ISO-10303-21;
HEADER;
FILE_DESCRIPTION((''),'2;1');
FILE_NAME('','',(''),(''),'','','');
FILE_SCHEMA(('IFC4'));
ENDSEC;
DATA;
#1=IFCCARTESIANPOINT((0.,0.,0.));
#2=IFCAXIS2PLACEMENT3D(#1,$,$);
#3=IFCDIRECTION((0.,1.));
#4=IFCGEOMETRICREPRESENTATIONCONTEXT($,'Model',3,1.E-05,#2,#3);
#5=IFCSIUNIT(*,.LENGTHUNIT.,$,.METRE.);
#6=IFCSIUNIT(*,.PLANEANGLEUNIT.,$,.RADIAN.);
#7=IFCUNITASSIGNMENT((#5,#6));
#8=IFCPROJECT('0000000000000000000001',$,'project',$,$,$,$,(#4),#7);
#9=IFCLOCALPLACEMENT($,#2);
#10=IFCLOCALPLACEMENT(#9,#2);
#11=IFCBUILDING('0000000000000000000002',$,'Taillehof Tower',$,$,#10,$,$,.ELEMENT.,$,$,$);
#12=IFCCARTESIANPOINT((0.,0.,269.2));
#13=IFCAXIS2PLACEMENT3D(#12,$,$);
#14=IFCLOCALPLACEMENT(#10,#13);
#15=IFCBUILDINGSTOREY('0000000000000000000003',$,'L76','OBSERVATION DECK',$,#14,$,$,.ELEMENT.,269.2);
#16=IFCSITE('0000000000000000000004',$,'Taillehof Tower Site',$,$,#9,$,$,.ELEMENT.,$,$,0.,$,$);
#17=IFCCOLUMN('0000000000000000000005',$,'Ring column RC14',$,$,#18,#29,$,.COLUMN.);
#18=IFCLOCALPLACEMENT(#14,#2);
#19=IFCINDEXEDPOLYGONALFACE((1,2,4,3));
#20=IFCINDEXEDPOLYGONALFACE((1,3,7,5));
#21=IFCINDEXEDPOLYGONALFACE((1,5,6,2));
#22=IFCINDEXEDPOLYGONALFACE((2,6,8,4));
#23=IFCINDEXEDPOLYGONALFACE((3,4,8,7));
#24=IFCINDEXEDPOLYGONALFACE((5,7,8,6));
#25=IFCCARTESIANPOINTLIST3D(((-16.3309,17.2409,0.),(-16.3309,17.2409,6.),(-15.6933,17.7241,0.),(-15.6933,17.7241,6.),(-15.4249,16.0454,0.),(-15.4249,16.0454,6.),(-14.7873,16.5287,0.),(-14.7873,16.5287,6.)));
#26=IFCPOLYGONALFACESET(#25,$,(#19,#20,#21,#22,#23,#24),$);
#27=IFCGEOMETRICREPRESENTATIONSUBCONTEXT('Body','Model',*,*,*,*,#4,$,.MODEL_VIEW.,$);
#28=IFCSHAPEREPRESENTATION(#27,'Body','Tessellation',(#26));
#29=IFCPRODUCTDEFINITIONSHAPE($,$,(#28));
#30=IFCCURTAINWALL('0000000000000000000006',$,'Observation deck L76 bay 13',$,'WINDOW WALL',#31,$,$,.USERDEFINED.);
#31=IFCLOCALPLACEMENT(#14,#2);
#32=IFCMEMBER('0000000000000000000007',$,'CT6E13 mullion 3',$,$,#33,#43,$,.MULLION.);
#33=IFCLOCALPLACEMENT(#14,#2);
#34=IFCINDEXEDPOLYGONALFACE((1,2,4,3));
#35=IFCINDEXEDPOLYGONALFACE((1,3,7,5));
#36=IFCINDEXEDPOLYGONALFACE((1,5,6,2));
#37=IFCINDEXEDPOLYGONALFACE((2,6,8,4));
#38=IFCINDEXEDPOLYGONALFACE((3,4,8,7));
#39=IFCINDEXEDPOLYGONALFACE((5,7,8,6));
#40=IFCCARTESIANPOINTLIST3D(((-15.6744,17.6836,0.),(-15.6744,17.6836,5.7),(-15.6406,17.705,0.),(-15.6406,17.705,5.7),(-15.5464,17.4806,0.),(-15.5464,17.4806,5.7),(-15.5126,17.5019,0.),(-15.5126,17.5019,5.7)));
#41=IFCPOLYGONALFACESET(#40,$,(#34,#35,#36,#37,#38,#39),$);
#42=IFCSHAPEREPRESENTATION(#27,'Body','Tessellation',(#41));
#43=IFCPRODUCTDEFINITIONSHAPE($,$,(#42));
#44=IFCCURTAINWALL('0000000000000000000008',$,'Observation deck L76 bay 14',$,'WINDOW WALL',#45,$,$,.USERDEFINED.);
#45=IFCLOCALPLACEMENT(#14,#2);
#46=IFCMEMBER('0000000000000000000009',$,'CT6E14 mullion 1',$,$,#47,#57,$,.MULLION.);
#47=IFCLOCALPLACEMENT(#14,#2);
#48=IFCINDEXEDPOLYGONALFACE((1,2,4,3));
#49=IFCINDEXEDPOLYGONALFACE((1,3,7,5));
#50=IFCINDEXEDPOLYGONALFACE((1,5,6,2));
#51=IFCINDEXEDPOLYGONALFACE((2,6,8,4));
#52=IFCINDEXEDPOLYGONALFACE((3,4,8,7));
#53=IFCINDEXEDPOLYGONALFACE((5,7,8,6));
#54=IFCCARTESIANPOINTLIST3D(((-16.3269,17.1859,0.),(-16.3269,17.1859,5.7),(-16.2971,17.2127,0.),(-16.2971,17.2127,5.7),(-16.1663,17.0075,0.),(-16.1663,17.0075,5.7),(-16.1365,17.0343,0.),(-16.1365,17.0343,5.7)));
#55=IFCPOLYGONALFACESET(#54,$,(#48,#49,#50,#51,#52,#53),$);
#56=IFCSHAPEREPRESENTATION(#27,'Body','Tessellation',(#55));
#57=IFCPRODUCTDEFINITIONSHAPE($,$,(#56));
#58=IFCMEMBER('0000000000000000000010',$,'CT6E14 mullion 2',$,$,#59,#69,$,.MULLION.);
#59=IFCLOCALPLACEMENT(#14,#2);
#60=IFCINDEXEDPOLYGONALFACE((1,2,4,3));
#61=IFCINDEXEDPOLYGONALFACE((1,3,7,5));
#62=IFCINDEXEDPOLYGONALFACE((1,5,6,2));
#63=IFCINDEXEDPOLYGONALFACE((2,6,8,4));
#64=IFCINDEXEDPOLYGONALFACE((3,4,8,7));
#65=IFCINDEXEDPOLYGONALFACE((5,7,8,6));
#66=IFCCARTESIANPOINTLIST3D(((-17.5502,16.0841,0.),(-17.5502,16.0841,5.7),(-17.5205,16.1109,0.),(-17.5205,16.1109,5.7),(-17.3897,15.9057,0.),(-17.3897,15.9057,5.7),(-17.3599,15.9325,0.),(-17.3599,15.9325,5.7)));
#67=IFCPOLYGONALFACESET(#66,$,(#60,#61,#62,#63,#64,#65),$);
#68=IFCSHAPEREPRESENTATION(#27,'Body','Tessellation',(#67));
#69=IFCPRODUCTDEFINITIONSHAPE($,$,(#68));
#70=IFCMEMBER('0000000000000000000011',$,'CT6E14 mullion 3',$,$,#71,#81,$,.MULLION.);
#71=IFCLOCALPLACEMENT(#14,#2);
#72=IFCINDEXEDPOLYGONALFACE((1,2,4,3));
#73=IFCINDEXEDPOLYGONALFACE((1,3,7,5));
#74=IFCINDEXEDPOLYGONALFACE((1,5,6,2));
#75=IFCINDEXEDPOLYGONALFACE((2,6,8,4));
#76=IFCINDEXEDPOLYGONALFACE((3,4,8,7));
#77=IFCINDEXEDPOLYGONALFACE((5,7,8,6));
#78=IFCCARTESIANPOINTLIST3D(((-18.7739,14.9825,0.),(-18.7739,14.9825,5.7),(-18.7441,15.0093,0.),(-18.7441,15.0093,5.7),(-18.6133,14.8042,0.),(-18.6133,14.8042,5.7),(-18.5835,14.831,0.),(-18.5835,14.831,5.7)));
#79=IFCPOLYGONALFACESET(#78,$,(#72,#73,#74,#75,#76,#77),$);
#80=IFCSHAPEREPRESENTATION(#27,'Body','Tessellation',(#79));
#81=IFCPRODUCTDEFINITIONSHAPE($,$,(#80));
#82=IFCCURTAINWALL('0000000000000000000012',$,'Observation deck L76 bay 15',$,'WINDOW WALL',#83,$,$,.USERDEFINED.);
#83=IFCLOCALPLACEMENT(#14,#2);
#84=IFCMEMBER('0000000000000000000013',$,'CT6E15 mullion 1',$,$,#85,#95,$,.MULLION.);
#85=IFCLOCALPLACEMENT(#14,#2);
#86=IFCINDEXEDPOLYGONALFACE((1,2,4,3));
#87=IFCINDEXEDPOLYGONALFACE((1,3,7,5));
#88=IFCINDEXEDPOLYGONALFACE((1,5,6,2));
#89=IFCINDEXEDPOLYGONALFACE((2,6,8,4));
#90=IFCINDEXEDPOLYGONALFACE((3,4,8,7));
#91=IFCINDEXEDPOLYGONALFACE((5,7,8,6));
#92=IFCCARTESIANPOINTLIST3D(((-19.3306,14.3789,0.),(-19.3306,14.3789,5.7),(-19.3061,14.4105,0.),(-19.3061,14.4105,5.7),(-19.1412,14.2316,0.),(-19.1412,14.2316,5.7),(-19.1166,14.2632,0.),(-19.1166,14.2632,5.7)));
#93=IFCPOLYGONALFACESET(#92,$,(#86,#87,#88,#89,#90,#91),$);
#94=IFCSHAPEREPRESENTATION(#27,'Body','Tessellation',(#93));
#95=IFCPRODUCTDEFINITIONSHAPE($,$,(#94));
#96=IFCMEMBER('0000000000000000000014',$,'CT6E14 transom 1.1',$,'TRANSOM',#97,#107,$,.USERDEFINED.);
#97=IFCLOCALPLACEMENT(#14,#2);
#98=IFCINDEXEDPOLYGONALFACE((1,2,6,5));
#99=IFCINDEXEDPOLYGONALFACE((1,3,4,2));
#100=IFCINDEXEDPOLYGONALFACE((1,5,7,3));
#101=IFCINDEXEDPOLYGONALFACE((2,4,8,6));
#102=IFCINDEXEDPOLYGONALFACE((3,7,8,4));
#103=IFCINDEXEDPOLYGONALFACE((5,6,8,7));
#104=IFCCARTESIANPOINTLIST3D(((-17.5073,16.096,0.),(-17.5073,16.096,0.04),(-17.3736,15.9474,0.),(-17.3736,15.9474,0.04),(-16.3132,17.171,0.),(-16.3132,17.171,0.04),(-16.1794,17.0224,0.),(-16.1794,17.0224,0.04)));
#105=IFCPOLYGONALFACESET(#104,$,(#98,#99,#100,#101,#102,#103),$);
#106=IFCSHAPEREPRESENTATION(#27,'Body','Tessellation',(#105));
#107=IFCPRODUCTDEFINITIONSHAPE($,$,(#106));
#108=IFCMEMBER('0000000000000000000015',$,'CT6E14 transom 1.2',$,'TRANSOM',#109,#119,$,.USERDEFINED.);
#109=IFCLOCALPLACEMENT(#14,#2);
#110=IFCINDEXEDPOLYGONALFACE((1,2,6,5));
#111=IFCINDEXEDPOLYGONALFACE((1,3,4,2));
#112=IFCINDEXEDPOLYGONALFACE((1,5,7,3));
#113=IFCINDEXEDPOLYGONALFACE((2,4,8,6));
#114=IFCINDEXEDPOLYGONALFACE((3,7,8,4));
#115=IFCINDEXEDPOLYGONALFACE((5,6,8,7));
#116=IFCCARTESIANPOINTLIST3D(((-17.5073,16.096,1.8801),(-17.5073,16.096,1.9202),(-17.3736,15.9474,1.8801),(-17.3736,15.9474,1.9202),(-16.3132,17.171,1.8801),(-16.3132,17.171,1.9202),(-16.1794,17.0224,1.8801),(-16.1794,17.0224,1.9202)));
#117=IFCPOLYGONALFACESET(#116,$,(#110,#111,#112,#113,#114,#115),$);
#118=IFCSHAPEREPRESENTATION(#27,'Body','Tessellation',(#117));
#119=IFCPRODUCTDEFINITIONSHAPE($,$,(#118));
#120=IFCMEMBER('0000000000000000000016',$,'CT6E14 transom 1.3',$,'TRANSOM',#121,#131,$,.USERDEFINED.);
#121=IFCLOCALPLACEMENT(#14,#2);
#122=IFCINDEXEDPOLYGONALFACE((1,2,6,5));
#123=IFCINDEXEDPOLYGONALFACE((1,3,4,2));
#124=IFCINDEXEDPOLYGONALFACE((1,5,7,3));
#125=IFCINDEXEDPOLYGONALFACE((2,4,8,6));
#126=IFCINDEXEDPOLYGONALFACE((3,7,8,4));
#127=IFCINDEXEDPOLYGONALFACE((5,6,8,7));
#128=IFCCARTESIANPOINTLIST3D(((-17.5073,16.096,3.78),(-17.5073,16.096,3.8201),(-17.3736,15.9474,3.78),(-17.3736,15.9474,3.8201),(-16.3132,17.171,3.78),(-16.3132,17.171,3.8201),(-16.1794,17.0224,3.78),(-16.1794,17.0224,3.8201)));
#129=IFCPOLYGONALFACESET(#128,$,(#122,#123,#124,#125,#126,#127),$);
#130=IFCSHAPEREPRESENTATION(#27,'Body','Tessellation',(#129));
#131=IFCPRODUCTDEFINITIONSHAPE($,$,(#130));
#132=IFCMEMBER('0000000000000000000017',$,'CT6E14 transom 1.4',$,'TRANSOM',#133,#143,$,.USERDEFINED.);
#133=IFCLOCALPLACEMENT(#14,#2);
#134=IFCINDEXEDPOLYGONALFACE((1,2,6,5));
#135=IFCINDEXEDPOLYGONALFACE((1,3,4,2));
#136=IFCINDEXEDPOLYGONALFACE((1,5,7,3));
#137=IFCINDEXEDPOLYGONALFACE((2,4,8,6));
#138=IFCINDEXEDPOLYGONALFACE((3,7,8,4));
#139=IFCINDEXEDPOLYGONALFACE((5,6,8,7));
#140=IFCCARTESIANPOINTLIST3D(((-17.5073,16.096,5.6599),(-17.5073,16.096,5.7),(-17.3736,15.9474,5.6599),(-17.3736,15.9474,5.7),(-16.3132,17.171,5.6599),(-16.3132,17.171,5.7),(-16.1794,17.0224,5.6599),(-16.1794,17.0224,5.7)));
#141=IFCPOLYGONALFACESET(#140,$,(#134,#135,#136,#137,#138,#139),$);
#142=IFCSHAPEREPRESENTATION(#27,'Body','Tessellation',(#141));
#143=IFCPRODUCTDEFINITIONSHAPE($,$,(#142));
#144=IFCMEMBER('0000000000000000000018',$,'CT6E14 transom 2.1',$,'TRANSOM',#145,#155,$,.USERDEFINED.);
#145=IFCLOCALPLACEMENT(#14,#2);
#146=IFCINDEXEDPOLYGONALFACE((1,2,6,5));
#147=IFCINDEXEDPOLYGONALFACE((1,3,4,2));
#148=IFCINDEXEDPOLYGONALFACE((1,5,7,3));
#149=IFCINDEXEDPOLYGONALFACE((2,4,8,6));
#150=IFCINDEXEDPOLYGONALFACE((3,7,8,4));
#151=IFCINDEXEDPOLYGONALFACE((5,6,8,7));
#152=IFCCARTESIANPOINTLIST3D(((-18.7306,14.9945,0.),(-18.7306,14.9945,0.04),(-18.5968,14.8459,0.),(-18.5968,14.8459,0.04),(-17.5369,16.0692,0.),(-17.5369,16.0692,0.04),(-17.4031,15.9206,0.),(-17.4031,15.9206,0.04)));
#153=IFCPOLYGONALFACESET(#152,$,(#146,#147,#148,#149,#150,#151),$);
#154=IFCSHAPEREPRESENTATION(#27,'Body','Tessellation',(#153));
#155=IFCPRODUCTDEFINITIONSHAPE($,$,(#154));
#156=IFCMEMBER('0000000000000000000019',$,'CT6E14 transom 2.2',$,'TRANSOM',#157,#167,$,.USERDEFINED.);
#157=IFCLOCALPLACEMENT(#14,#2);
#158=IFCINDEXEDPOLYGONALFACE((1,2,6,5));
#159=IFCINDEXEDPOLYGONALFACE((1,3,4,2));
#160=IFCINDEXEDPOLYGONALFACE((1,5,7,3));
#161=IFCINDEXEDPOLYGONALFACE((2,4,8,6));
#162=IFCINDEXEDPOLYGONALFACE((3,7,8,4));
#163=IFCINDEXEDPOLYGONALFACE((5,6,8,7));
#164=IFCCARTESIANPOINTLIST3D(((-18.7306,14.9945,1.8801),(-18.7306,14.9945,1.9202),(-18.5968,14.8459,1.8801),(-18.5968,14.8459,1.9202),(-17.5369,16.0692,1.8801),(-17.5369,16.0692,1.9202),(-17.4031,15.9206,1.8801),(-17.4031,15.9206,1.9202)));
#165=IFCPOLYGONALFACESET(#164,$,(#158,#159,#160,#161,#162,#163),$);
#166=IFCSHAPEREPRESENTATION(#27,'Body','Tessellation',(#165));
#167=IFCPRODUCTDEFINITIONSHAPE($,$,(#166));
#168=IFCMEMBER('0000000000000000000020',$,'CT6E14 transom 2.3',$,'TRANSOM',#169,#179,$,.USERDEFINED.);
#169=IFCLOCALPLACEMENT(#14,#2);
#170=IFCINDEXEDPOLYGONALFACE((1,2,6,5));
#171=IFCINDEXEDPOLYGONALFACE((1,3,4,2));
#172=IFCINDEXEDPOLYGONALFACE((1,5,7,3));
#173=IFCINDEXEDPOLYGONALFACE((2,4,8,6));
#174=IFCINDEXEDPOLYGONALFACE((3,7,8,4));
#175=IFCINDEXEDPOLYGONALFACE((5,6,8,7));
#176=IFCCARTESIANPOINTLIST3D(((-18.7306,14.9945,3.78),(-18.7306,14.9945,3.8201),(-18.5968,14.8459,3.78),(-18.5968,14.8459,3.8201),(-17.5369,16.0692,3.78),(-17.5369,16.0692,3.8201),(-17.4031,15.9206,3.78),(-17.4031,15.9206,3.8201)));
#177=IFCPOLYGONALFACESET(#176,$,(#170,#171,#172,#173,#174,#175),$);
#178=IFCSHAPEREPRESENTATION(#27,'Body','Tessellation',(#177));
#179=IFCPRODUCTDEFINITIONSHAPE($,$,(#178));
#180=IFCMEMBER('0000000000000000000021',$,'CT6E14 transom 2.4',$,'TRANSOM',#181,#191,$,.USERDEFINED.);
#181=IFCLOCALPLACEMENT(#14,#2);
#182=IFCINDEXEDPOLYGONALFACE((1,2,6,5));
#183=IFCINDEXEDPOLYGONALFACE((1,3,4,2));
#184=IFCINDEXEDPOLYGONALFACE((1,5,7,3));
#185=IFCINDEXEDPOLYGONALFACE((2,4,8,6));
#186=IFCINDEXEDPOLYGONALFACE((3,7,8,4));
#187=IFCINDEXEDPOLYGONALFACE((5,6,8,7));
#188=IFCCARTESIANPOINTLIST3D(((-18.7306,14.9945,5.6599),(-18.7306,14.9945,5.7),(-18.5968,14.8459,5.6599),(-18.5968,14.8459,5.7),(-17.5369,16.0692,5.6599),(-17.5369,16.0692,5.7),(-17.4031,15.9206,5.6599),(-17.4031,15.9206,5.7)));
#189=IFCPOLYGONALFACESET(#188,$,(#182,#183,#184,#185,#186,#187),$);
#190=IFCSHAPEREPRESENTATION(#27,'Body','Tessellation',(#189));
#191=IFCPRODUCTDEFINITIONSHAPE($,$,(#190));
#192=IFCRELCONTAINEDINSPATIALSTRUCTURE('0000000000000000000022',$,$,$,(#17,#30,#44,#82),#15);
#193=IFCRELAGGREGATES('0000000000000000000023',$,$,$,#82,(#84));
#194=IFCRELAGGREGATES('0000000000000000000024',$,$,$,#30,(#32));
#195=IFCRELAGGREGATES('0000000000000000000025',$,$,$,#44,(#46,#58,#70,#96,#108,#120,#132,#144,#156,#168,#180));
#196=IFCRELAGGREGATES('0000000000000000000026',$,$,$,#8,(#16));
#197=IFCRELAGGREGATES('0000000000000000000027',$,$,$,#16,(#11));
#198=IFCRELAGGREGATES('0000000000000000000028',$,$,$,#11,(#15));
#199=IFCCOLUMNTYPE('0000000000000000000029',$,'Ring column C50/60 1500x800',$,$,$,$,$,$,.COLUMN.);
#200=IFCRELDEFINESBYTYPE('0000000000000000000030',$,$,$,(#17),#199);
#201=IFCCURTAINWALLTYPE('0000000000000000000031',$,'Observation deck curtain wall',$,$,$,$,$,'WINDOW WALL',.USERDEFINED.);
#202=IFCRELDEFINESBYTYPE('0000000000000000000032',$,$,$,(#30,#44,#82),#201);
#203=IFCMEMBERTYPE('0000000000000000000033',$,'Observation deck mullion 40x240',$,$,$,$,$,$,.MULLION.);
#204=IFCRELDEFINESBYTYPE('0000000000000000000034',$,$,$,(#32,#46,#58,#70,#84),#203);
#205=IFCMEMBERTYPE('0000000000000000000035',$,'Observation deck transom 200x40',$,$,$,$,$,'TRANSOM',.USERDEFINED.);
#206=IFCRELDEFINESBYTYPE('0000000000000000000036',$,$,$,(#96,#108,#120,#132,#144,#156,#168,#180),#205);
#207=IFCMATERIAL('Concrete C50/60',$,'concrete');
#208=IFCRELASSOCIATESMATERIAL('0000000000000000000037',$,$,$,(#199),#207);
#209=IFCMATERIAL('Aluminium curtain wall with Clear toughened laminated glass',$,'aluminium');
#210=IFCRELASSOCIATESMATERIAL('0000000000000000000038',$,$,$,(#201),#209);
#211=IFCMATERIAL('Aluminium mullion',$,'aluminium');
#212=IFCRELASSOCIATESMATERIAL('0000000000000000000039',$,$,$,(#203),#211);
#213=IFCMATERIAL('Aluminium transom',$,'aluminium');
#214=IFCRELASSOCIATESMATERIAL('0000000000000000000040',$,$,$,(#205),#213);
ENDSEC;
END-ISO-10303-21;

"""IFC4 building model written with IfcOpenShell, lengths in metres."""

from ifc_helpers import new_model, si_unit, direction, frame, origin, origin_2d, place, context, subcontext, project, spatial, rectangle, extrude, material, material_profile, profile_set, type_object, element, aggregate, save


model = new_model("IFC4")

# Units and contexts
model_context = context("Model", 3, precision=1e-05, world=origin(), true_north=direction((0.0, 1.0)))
body_context = subcontext(model_context, "Body", "Model", "MODEL_VIEW")
ifc_project = project(units=[si_unit("LENGTHUNIT", "METRE"), si_unit("PLANEANGLEUNIT", "RADIAN")], contexts=[model_context])

# Site, building, storey
site_placement = place(None, origin())
site = spatial("IfcSite", under=ifc_project, at=site_placement, Name="Taillehof Tower Site", CompositionType="ELEMENT", RefElevation=0.0)
building_placement = place(site_placement, origin())
building = spatial("IfcBuilding", under=site, at=building_placement, Name="Taillehof Tower", CompositionType="ELEMENT")
storey_placement = place(building_placement, frame((0.0, 0.0, 269.2)))
storey = spatial("IfcBuildingStorey", under=building, at=storey_placement, Name="L76", Description="OBSERVATION DECK", CompositionType="ELEMENT", Elevation=269.2)

# Column
ifc_material_1 = material(Name="Concrete C50/60", Category="concrete")
ifc_material_profile_1 = material_profile(ifc_material_1, rectangle(XDim=1.5, YDim=0.8, at=origin_2d()), Name="RC 1500x800")
ifc_profile_set_1 = profile_set([ifc_material_profile_1], Name="Concrete C50/60")
column_type = type_object("IfcColumnType", Name="Ring column C50/60 1500x800", PredefinedType="COLUMN", material=ifc_profile_set_1)
column_placement = place(storey_placement, frame((-15.5591, 16.8848, 0.0), z_axis=(0.0, 0.0, 1.0), x_axis=(-0.60402, 0.796969, 0.0)))
element("IfcColumn", 1, at=column_placement, inside=storey, type_object=column_type, Name="Ring column RC14", PredefinedType="COLUMN", context=body_context, shape_type="SweptSolid", body=[
    extrude(rectangle(XDim=1.5, YDim=0.8, at=origin_2d()), origin(), (0.0, 0.0, 1.0), 6.0),
])

# Curtain wall, member
ifc_material_2 = material(Name="Aluminium curtain wall with Clear toughened laminated glass", Category="aluminium")
curtain_wall_type = type_object("IfcCurtainWallType", Name="Observation deck curtain wall", ElementType="WINDOW WALL", PredefinedType="USERDEFINED", material=ifc_material_2)
curtain_wall_1_placement = place(storey_placement, origin())
curtain_wall_1 = element("IfcCurtainWall", 2, at=curtain_wall_1_placement, inside=storey, type_object=curtain_wall_type, Name="Observation deck L76 bay 13", ObjectType="WINDOW WALL", PredefinedType="USERDEFINED")
ifc_material_3 = material(Name="Aluminium mullion", Category="aluminium")
ifc_material_profile_2 = material_profile(ifc_material_3, rectangle(XDim=0.24, YDim=0.04, at=origin_2d()), Name="AL 40x240")
ifc_profile_set_2 = profile_set([ifc_material_profile_2], Name="Aluminium mullion")
member_type_1 = type_object("IfcMemberType", Name="Observation deck mullion 40x240", PredefinedType="MULLION", material=ifc_profile_set_2)
member_1_placement = place(storey_placement, frame((-15.5935, 17.5928, 0.0), z_axis=(0.0, 0.0, 1.0), x_axis=(0.533294, -0.84593, 0.0)))
member_1 = element("IfcMember", 3, at=member_1_placement, type_object=member_type_1, Name="CT6E13 mullion 3", PredefinedType="MULLION", context=body_context, shape_type="SweptSolid", body=[
    extrude(rectangle(XDim=0.24, YDim=0.04, at=origin_2d()), origin(), (0.0, 0.0, 1.0), 5.7),
])

# Curtain wall, members
curtain_wall_2_placement = place(storey_placement, origin())
curtain_wall_2 = element("IfcCurtainWall", 4, at=curtain_wall_2_placement, inside=storey, type_object=curtain_wall_type, Name="Observation deck L76 bay 14", ObjectType="WINDOW WALL", PredefinedType="USERDEFINED")
member_2_placement = place(storey_placement, frame((-16.2317, 17.1101, 0.0), z_axis=(0.0, 0.0, 1.0), x_axis=(0.669107, -0.743166, 0.0)))
member_2 = element("IfcMember", 5, at=member_2_placement, type_object=member_type_1, Name="CT6E14 mullion 1", PredefinedType="MULLION", context=body_context, shape_type="SweptSolid", body=[
    extrude(rectangle(XDim=0.24, YDim=0.04, at=origin_2d()), origin(), (0.0, 0.0, 1.0), 5.7),
])
member_3_placement = place(storey_placement, frame((-17.4551, 16.0083, 0.0), z_axis=(0.0, 0.0, 1.0), x_axis=(0.669107, -0.743166, 0.0)))
member_3 = element("IfcMember", 6, at=member_3_placement, type_object=member_type_1, Name="CT6E14 mullion 2", PredefinedType="MULLION", context=body_context, shape_type="SweptSolid", body=[
    extrude(rectangle(XDim=0.24, YDim=0.04, at=origin_2d()), origin(), (0.0, 0.0, 1.0), 5.7),
])
member_4_placement = place(storey_placement, frame((-18.6787, 14.9067, 0.0), z_axis=(0.0, 0.0, 1.0), x_axis=(0.669107, -0.743166, 0.0)))
member_4 = element("IfcMember", 7, at=member_4_placement, type_object=member_type_1, Name="CT6E14 mullion 3", PredefinedType="MULLION", context=body_context, shape_type="SweptSolid", body=[
    extrude(rectangle(XDim=0.24, YDim=0.04, at=origin_2d()), origin(), (0.0, 0.0, 1.0), 5.7),
])

# Curtain wall, member
curtain_wall_3_placement = place(storey_placement, origin())
curtain_wall_3 = element("IfcCurtainWall", 8, at=curtain_wall_3_placement, inside=storey, type_object=curtain_wall_type, Name="Observation deck L76 bay 15", ObjectType="WINDOW WALL", PredefinedType="USERDEFINED")
member_5_placement = place(storey_placement, frame((-19.2236, 14.321, 0.0), z_axis=(0.0, 0.0, 1.0), x_axis=(0.789382, -0.613903, 0.0)))
member_5 = element("IfcMember", 9, at=member_5_placement, type_object=member_type_1, Name="CT6E15 mullion 1", PredefinedType="MULLION", context=body_context, shape_type="SweptSolid", body=[
    extrude(rectangle(XDim=0.24, YDim=0.04, at=origin_2d()), origin(), (0.0, 0.0, 1.0), 5.7),
])

# Members
ifc_material_4 = material(Name="Aluminium transom", Category="aluminium")
ifc_material_profile_3 = material_profile(ifc_material_4, rectangle(XDim=0.2, YDim=0.04, at=origin_2d()), Name="AL 200x40")
ifc_profile_set_3 = profile_set([ifc_material_profile_3], Name="Aluminium transom")
member_type_2 = type_object("IfcMemberType", Name="Observation deck transom 200x40", ElementType="TRANSOM", PredefinedType="USERDEFINED", material=ifc_profile_set_3)
member_6_placement = place(storey_placement, frame((-16.2463, 17.0967, 0.02), z_axis=(-0.743211, -0.669057, 0.0), x_axis=(0.669057, -0.743211, 0.0)))
member_6 = element("IfcMember", 10, at=member_6_placement, type_object=member_type_2, Name="CT6E14 transom 1.1", ObjectType="TRANSOM", PredefinedType="USERDEFINED", context=body_context, shape_type="SweptSolid", body=[
    extrude(rectangle(XDim=0.2, YDim=0.04, at=origin_2d()), origin(), (0.0, 0.0, 1.0), 1.6067),
])
member_7_placement = place(storey_placement, frame((-16.2463, 17.0967, 1.9001), z_axis=(-0.743211, -0.669057, 0.0), x_axis=(0.669057, -0.743211, 0.0)))
member_7 = element("IfcMember", 11, at=member_7_placement, type_object=member_type_2, Name="CT6E14 transom 1.2", ObjectType="TRANSOM", PredefinedType="USERDEFINED", context=body_context, shape_type="SweptSolid", body=[
    extrude(rectangle(XDim=0.2, YDim=0.04, at=origin_2d()), origin(), (0.0, 0.0, 1.0), 1.6067),
])
member_8_placement = place(storey_placement, frame((-16.2463, 17.0967, 3.8), z_axis=(-0.743211, -0.669057, 0.0), x_axis=(0.669057, -0.743211, 0.0)))
member_8 = element("IfcMember", 12, at=member_8_placement, type_object=member_type_2, Name="CT6E14 transom 1.3", ObjectType="TRANSOM", PredefinedType="USERDEFINED", context=body_context, shape_type="SweptSolid", body=[
    extrude(rectangle(XDim=0.2, YDim=0.04, at=origin_2d()), origin(), (0.0, 0.0, 1.0), 1.6067),
])
member_9_placement = place(storey_placement, frame((-16.2463, 17.0967, 5.6799), z_axis=(-0.743211, -0.669057, 0.0), x_axis=(0.669057, -0.743211, 0.0)))
member_9 = element("IfcMember", 13, at=member_9_placement, type_object=member_type_2, Name="CT6E14 transom 1.4", ObjectType="TRANSOM", PredefinedType="USERDEFINED", context=body_context, shape_type="SweptSolid", body=[
    extrude(rectangle(XDim=0.2, YDim=0.04, at=origin_2d()), origin(), (0.0, 0.0, 1.0), 1.6067),
])
member_10_placement = place(storey_placement, frame((-17.47, 15.9949, 0.02), z_axis=(-0.743219, -0.669049, 0.0), x_axis=(0.669049, -0.743219, 0.0)))
member_10 = element("IfcMember", 14, at=member_10_placement, type_object=member_type_2, Name="CT6E14 transom 2.1", ObjectType="TRANSOM", PredefinedType="USERDEFINED", context=body_context, shape_type="SweptSolid", body=[
    extrude(rectangle(XDim=0.2, YDim=0.04, at=origin_2d()), origin(), (0.0, 0.0, 1.0), 1.6062),
])
member_11_placement = place(storey_placement, frame((-17.47, 15.9949, 1.9001), z_axis=(-0.743219, -0.669049, 0.0), x_axis=(0.669049, -0.743219, 0.0)))
member_11 = element("IfcMember", 15, at=member_11_placement, type_object=member_type_2, Name="CT6E14 transom 2.2", ObjectType="TRANSOM", PredefinedType="USERDEFINED", context=body_context, shape_type="SweptSolid", body=[
    extrude(rectangle(XDim=0.2, YDim=0.04, at=origin_2d()), origin(), (0.0, 0.0, 1.0), 1.6062),
])
member_12_placement = place(storey_placement, frame((-17.47, 15.9949, 3.8), z_axis=(-0.743219, -0.669049, 0.0), x_axis=(0.669049, -0.743219, 0.0)))
member_12 = element("IfcMember", 16, at=member_12_placement, type_object=member_type_2, Name="CT6E14 transom 2.3", ObjectType="TRANSOM", PredefinedType="USERDEFINED", context=body_context, shape_type="SweptSolid", body=[
    extrude(rectangle(XDim=0.2, YDim=0.04, at=origin_2d()), origin(), (0.0, 0.0, 1.0), 1.6062),
])
member_13_placement = place(storey_placement, frame((-17.47, 15.9949, 5.6799), z_axis=(-0.743219, -0.669049, 0.0), x_axis=(0.669049, -0.743219, 0.0)))
member_13 = element("IfcMember", 17, at=member_13_placement, type_object=member_type_2, Name="CT6E14 transom 2.4", ObjectType="TRANSOM", PredefinedType="USERDEFINED", context=body_context, shape_type="SweptSolid", body=[
    extrude(rectangle(XDim=0.2, YDim=0.04, at=origin_2d()), origin(), (0.0, 0.0, 1.0), 1.6062),
])
aggregate(curtain_wall_3, [member_5])

aggregate(curtain_wall_1, [member_1])
aggregate(curtain_wall_2, [member_2, member_3, member_4, member_6, member_7, member_8, member_9, member_10, member_11, member_12, member_13])

save(model, "model.ifc")
